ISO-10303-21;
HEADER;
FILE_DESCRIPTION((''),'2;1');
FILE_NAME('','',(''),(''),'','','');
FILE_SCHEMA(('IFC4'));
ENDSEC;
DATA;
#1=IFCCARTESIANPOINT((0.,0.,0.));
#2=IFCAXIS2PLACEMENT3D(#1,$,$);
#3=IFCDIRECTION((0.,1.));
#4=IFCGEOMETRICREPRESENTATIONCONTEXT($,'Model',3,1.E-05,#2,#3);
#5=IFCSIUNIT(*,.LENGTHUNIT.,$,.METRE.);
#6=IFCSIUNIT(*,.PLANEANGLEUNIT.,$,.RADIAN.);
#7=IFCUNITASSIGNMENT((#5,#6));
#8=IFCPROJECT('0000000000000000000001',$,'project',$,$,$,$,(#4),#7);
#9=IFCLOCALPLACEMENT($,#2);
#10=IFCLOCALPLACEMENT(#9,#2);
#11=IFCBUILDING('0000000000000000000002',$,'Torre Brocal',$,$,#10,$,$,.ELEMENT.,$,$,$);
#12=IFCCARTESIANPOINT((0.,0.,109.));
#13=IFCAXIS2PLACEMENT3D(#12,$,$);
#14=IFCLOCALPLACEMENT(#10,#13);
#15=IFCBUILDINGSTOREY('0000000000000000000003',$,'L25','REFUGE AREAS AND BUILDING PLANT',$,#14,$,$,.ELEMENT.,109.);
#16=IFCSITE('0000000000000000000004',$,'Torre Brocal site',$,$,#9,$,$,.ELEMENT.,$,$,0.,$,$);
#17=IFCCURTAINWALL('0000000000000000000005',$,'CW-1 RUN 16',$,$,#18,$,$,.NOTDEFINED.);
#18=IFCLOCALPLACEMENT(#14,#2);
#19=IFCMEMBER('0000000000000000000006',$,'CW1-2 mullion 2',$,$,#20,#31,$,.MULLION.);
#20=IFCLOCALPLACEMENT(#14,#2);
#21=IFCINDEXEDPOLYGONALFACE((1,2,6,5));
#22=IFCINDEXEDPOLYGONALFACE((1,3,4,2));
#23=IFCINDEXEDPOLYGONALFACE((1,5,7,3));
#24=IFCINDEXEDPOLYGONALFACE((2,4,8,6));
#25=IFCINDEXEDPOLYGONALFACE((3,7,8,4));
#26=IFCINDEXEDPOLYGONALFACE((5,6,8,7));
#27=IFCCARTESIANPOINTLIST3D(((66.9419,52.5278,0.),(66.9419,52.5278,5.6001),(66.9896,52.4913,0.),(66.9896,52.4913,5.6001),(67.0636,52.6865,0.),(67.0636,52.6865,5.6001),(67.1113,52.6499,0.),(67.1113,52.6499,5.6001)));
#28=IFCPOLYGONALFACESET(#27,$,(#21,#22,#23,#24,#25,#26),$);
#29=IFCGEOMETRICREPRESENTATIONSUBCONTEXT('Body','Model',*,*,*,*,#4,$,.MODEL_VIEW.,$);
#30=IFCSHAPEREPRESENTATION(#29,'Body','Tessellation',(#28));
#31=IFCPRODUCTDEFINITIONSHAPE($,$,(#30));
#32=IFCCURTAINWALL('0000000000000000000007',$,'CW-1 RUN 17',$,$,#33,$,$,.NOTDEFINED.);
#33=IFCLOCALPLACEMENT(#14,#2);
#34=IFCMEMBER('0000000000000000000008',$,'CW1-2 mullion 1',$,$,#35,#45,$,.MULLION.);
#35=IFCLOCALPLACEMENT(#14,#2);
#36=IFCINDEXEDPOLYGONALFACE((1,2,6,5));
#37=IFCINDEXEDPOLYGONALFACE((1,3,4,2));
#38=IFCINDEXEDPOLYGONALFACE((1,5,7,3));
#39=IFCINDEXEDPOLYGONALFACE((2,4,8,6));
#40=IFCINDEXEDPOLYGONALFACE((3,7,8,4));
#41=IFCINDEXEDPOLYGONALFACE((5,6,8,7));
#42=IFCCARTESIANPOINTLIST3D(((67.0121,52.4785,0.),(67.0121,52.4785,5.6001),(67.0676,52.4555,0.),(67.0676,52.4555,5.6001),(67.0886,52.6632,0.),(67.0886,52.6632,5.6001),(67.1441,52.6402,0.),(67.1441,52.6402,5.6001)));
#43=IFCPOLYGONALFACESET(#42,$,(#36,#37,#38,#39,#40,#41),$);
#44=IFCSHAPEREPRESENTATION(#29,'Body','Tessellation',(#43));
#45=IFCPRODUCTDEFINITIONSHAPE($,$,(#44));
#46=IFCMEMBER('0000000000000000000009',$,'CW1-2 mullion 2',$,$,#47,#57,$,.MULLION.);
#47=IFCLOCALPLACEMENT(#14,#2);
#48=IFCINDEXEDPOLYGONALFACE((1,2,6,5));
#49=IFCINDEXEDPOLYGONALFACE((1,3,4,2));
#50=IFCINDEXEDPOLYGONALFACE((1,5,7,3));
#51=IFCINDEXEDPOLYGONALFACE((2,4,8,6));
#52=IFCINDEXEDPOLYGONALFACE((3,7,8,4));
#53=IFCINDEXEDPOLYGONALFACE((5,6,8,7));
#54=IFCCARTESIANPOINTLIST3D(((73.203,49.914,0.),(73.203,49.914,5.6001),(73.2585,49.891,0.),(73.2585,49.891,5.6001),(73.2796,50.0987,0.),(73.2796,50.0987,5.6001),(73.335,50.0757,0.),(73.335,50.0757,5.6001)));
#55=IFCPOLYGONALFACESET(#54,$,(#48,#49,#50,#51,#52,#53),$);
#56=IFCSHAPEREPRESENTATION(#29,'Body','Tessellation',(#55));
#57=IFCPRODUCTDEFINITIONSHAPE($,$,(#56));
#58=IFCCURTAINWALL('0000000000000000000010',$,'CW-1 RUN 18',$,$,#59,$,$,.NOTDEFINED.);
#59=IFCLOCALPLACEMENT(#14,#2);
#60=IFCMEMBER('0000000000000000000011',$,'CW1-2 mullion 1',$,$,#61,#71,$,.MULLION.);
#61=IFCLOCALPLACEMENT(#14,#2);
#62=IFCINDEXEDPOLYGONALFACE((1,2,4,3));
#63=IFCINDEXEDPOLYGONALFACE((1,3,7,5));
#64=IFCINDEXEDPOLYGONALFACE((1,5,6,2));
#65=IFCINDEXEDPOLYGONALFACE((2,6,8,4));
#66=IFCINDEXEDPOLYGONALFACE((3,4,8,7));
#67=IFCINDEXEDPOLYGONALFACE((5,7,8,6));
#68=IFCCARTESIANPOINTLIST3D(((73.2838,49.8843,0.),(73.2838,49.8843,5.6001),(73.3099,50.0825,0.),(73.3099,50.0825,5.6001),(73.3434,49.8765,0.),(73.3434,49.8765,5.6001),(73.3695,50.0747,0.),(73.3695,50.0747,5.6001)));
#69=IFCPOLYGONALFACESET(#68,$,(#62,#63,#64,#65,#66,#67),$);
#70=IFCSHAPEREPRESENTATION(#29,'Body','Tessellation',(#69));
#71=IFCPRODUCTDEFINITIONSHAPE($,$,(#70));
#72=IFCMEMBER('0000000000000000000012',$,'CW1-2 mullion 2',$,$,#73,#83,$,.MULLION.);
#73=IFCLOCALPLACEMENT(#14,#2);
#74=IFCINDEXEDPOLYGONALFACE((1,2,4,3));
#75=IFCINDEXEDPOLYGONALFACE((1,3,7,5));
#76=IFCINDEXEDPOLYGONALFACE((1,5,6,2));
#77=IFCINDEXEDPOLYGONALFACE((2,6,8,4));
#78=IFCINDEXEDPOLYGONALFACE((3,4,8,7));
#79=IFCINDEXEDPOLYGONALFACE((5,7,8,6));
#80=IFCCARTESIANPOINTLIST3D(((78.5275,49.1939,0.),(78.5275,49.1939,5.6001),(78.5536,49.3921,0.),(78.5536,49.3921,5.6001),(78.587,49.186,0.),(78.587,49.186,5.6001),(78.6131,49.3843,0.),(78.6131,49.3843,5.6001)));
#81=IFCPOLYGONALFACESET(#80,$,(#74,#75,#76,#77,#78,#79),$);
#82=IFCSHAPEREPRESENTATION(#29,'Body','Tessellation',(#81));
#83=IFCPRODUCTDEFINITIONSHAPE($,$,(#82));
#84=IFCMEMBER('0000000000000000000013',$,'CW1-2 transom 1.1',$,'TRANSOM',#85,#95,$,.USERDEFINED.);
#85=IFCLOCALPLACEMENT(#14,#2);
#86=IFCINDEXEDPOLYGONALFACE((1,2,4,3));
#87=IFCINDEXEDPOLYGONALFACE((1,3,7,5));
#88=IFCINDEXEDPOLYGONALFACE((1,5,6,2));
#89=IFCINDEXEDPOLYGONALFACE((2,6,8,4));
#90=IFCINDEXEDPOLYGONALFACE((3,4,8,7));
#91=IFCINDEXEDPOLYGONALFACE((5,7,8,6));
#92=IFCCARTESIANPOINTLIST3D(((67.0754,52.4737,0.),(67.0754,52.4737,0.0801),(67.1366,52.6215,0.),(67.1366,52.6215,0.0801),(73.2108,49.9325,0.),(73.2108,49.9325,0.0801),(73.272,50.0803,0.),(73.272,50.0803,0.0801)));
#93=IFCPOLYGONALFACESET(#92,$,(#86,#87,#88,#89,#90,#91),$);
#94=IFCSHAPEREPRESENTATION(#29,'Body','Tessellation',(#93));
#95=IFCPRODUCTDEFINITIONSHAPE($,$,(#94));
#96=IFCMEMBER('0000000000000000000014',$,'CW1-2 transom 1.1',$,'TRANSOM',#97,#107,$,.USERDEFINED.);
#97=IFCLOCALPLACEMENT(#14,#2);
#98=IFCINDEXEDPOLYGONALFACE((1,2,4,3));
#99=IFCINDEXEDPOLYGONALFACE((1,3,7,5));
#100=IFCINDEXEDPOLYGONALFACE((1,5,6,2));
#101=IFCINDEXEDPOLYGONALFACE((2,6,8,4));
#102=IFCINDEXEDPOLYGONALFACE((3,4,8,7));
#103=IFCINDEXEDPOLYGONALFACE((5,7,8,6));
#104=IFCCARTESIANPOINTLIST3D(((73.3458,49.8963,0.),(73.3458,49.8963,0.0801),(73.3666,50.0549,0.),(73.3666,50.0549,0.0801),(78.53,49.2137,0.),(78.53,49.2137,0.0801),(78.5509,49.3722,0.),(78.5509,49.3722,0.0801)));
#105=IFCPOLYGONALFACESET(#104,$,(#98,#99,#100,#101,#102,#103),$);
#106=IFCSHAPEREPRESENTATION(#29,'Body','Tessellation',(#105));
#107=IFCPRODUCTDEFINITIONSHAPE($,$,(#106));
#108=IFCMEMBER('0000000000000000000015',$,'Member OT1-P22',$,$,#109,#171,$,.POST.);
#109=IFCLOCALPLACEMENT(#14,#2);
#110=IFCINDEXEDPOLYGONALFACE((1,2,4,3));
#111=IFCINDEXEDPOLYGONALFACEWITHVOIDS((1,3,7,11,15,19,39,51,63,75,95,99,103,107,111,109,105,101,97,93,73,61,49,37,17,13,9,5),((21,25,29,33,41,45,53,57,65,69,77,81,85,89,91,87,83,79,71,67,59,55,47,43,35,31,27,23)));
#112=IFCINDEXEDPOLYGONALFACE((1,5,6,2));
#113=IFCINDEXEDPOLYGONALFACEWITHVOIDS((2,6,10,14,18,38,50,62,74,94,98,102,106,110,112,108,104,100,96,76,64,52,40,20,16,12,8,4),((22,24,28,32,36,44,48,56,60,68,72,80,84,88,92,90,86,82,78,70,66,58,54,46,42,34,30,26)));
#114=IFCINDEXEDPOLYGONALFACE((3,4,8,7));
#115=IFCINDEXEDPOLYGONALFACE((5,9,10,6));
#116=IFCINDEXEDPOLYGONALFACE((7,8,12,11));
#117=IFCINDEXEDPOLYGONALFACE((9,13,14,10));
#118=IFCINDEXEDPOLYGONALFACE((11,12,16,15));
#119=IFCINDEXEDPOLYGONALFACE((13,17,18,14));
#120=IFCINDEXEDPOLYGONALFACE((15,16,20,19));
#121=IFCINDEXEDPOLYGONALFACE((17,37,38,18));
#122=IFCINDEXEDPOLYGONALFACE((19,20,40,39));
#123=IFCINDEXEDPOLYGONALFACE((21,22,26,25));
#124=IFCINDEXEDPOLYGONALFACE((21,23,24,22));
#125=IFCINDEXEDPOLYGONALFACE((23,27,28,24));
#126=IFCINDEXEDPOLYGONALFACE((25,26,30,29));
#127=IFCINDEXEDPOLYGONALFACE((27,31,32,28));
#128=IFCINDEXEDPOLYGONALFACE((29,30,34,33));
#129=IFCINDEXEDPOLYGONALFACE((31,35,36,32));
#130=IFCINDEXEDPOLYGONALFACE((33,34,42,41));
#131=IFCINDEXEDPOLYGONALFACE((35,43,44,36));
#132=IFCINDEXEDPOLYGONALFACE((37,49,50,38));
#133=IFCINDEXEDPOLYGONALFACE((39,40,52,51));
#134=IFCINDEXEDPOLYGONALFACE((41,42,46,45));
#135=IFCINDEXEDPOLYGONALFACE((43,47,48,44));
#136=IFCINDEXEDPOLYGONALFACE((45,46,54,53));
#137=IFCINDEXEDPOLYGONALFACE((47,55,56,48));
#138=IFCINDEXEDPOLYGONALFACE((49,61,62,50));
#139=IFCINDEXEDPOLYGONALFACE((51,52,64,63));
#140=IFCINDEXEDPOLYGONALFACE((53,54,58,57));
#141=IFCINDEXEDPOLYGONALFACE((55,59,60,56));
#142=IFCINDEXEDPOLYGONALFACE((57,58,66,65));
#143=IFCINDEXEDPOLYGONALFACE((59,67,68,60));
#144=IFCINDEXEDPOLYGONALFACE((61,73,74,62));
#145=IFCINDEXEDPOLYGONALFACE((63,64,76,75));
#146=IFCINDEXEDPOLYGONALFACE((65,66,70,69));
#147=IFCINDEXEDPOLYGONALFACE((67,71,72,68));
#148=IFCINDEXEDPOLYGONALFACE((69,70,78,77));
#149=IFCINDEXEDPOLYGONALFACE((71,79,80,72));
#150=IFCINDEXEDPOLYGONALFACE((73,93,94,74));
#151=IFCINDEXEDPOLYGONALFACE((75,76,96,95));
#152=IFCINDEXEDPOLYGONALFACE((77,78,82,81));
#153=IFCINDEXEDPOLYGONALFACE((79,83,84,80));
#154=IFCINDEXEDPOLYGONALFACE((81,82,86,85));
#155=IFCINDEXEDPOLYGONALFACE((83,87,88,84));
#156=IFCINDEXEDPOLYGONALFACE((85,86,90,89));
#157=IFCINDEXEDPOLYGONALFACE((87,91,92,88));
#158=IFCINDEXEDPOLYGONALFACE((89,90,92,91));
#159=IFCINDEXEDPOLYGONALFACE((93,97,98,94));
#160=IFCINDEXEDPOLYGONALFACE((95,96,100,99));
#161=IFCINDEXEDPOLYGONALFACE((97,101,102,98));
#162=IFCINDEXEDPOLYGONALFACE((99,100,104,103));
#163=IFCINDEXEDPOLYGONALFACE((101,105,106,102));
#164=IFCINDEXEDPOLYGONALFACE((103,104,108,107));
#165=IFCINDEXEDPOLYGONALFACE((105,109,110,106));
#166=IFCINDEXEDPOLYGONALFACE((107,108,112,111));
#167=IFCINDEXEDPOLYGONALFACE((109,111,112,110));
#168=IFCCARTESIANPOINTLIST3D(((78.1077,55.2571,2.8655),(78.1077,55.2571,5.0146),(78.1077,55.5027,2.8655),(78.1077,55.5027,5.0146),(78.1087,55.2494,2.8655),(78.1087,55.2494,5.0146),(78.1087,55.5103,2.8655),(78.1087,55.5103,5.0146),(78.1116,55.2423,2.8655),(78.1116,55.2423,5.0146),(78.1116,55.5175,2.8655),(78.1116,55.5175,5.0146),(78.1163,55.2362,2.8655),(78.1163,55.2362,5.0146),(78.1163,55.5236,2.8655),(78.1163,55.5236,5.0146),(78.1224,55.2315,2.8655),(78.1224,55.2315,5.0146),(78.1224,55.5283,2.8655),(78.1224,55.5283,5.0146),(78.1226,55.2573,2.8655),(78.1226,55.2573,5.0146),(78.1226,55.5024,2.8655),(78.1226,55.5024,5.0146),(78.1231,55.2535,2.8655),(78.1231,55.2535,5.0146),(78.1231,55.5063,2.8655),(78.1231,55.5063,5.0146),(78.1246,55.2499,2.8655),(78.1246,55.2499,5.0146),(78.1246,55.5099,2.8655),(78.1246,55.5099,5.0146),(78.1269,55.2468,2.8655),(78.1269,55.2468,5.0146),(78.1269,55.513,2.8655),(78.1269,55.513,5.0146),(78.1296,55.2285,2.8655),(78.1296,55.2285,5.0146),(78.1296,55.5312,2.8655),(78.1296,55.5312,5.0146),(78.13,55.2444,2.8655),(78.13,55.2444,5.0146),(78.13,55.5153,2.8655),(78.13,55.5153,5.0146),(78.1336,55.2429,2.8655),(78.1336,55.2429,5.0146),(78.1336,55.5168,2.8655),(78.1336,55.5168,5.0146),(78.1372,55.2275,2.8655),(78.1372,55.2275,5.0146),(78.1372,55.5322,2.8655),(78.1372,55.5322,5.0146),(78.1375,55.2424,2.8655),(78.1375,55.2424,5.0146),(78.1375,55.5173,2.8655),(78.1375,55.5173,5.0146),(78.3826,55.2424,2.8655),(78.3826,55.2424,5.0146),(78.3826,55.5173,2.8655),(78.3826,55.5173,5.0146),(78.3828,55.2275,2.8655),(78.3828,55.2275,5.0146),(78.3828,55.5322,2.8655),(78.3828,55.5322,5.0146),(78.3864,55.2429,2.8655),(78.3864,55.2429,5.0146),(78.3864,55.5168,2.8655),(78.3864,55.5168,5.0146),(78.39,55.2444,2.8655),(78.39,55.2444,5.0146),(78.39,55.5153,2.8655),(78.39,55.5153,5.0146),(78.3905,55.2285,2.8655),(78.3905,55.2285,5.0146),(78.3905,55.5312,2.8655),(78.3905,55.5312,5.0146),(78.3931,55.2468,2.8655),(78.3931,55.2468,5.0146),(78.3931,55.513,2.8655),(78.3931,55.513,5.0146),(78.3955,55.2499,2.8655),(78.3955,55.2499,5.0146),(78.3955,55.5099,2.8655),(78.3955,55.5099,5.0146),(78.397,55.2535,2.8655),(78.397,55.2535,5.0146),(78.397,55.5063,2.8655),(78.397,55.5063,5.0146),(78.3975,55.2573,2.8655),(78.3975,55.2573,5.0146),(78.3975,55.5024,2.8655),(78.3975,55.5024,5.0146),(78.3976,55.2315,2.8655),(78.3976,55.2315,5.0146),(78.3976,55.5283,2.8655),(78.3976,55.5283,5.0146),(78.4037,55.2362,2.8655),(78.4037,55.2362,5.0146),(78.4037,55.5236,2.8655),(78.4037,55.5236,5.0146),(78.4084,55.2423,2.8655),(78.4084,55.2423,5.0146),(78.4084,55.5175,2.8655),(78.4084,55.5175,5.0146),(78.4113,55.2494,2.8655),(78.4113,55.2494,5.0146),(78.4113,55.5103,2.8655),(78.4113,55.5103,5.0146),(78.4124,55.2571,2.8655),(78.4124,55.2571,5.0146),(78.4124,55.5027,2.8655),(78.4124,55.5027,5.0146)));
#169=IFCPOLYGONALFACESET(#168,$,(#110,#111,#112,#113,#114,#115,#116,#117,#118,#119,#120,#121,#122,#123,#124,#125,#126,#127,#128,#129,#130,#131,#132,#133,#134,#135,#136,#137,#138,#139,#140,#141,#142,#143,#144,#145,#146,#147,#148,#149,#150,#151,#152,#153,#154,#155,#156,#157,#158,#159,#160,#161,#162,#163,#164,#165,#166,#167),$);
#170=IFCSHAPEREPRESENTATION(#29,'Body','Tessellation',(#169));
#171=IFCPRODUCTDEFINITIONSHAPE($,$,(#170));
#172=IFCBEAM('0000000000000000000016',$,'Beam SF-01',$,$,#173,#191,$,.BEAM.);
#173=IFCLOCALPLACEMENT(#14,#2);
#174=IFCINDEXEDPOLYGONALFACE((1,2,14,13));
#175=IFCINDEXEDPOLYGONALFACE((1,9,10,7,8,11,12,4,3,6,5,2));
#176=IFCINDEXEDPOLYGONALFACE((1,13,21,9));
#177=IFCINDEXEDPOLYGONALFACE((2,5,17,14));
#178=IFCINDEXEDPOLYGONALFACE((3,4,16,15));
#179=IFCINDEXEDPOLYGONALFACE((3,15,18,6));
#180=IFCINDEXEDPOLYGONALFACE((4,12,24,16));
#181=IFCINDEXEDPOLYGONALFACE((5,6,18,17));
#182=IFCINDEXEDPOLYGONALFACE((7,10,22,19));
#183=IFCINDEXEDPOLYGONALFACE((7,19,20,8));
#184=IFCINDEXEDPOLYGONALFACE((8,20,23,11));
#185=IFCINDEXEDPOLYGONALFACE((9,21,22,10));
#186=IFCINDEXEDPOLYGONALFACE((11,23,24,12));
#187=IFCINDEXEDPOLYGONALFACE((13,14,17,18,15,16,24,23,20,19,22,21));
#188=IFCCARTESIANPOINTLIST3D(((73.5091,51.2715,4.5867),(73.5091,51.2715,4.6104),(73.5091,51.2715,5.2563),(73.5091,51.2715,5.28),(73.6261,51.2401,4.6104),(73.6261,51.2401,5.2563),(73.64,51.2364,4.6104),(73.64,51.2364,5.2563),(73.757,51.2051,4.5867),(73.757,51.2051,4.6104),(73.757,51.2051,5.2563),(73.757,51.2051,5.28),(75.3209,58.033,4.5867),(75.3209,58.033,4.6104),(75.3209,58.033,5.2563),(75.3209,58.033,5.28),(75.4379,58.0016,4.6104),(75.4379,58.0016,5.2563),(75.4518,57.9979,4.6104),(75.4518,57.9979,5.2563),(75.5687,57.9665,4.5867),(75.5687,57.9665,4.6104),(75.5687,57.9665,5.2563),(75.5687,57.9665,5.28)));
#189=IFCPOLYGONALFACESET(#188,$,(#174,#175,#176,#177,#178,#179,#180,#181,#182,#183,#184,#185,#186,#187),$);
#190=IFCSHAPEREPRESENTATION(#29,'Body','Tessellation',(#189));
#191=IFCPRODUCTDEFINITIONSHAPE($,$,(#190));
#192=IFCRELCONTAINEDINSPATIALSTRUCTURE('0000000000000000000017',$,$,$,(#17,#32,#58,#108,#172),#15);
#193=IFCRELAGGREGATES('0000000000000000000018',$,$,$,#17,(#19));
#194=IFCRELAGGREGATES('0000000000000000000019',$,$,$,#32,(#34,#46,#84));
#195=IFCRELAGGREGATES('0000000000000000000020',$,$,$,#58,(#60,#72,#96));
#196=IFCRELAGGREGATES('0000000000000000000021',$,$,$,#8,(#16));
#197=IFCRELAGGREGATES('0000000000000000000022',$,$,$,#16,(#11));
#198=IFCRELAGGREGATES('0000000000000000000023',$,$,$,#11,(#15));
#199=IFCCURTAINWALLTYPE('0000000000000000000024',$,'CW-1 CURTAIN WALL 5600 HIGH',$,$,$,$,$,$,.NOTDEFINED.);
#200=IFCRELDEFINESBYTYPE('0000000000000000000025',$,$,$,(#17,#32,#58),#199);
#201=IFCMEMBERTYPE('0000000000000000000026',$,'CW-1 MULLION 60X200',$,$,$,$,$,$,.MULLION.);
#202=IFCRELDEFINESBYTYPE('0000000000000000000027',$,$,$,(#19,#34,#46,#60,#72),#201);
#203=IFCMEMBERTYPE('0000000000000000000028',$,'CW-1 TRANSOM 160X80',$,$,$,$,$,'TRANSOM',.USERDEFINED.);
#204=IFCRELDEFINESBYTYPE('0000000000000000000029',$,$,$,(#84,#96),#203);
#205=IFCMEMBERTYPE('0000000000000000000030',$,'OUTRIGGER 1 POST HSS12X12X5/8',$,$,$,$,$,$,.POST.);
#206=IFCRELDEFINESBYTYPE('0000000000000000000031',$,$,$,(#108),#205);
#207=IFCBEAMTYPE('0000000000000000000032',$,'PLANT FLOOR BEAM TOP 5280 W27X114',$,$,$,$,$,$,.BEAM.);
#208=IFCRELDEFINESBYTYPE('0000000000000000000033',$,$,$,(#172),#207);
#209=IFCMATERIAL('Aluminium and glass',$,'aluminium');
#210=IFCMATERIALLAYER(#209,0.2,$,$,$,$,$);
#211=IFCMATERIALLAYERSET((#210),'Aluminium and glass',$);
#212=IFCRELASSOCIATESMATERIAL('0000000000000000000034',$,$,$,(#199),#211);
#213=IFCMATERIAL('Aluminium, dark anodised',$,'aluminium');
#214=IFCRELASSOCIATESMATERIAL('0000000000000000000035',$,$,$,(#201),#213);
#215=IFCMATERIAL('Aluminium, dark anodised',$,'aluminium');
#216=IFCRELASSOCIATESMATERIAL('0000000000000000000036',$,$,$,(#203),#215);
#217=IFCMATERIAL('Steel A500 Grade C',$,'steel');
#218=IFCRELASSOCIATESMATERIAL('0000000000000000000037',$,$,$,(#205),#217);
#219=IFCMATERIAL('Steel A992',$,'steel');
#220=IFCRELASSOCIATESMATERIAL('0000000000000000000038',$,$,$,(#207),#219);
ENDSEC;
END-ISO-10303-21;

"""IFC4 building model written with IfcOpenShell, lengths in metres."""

from ifc_helpers import new_model, si_unit, direction, frame, origin, origin_2d, place, context, subcontext, project, spatial, rectangle, hollow_rectangle, i_section, extrude, material, layer, layer_set, material_profile, profile_set, type_object, element, aggregate, save


model = new_model("IFC4")

# Units and contexts
model_context = context("Model", 3, precision=1e-05, world=origin(), true_north=direction((0.0, 1.0)))
body_context = subcontext(model_context, "Body", "Model", "MODEL_VIEW")
ifc_project = project(units=[si_unit("LENGTHUNIT", "METRE"), si_unit("PLANEANGLEUNIT", "RADIAN")], contexts=[model_context])

# Site, building, storey
site_placement = place(None, origin())
site = spatial("IfcSite", under=ifc_project, at=site_placement, Name="Torre Brocal site", CompositionType="ELEMENT", RefElevation=0.0)
building_placement = place(site_placement, origin())
building = spatial("IfcBuilding", under=site, at=building_placement, Name="Torre Brocal", CompositionType="ELEMENT")
storey_placement = place(building_placement, frame((0.0, 0.0, 109.0)))
storey = spatial("IfcBuildingStorey", under=building, at=storey_placement, Name="L25", Description="REFUGE AREAS AND BUILDING PLANT", CompositionType="ELEMENT", Elevation=109.0)

# Curtain wall, member
ifc_material_1 = material(Name="Aluminium and glass", Category="aluminium")
ifc_layer_1 = layer(ifc_material_1, 0.2)
ifc_layer_set_1 = layer_set([ifc_layer_1], Name="Aluminium and glass")
curtain_wall_type = type_object("IfcCurtainWallType", Name="CW-1 CURTAIN WALL 5600 HIGH", PredefinedType="NOTDEFINED", material=ifc_layer_set_1)
curtain_wall_1_placement = place(storey_placement, origin())
curtain_wall_1 = element("IfcCurtainWall", 1, at=curtain_wall_1_placement, inside=storey, type_object=curtain_wall_type, Name="CW-1 RUN 16", PredefinedType="NOTDEFINED")
ifc_material_2 = material(Name="Aluminium, dark anodised", Category="aluminium")
ifc_material_profile_1 = material_profile(ifc_material_2, rectangle(XDim=0.2, YDim=0.0601, at=origin_2d()), Name="CW-1 MULLION 60X200")
ifc_profile_set_1 = profile_set([ifc_material_profile_1], Name="Aluminium, dark anodised")
member_type_1 = type_object("IfcMemberType", Name="CW-1 MULLION 60X200", PredefinedType="MULLION", material=ifc_profile_set_1)
member_1_placement = place(storey_placement, frame((67.0266, 52.5889, 0.0), z_axis=(0.0, 0.0, 1.0), x_axis=(0.608761, 0.793353, 0.0)))
member_1 = element("IfcMember", 2, at=member_1_placement, type_object=member_type_1, Name="CW1-2 mullion 2", PredefinedType="MULLION", context=body_context, shape_type="SweptSolid", body=[
    extrude(rectangle(XDim=0.2, YDim=0.0601, at=origin_2d()), origin(), (0.0, 0.0, 1.0), 5.6001),
])
aggregate(curtain_wall_1, [member_1])

# Curtain walls, members
curtain_wall_2_placement = place(storey_placement, origin())
curtain_wall_2 = element("IfcCurtainWall", 3, at=curtain_wall_2_placement, inside=storey, type_object=curtain_wall_type, Name="CW-1 RUN 17", PredefinedType="NOTDEFINED")
member_2_placement = place(storey_placement, frame((67.0781, 52.5593, 0.0), z_axis=(0.0, 0.0, 1.0), x_axis=(0.382683, 0.92388, 0.0)))
member_2 = element("IfcMember", 4, at=member_2_placement, type_object=member_type_1, Name="CW1-2 mullion 1", PredefinedType="MULLION", context=body_context, shape_type="SweptSolid", body=[
    extrude(rectangle(XDim=0.2, YDim=0.0601, at=origin_2d()), origin(), (0.0, 0.0, 1.0), 5.6001),
])
member_3_placement = place(storey_placement, frame((73.269, 49.9949, 0.0), z_axis=(0.0, 0.0, 1.0), x_axis=(0.382683, 0.92388, 0.0)))
member_3 = element("IfcMember", 5, at=member_3_placement, type_object=member_type_1, Name="CW1-2 mullion 2", PredefinedType="MULLION", context=body_context, shape_type="SweptSolid", body=[
    extrude(rectangle(XDim=0.2, YDim=0.0601, at=origin_2d()), origin(), (0.0, 0.0, 1.0), 5.6001),
])
curtain_wall_3_placement = place(storey_placement, origin())
curtain_wall_3 = element("IfcCurtainWall", 6, at=curtain_wall_3_placement, inside=storey, type_object=curtain_wall_type, Name="CW-1 RUN 18", PredefinedType="NOTDEFINED")
member_4_placement = place(storey_placement, frame((73.3267, 49.9795, 0.0), z_axis=(0.0, 0.0, 1.0), x_axis=(0.130526, 0.991445, 0.0)))
member_4 = element("IfcMember", 7, at=member_4_placement, type_object=member_type_1, Name="CW1-2 mullion 1", PredefinedType="MULLION", context=body_context, shape_type="SweptSolid", body=[
    extrude(rectangle(XDim=0.2, YDim=0.0601, at=origin_2d()), origin(), (0.0, 0.0, 1.0), 5.6001),
])
member_5_placement = place(storey_placement, frame((78.5703, 49.2891, 0.0), z_axis=(0.0, 0.0, 1.0), x_axis=(0.130526, 0.991445, 0.0)))
member_5 = element("IfcMember", 8, at=member_5_placement, type_object=member_type_1, Name="CW1-2 mullion 2", PredefinedType="MULLION", context=body_context, shape_type="SweptSolid", body=[
    extrude(rectangle(XDim=0.2, YDim=0.0601, at=origin_2d()), origin(), (0.0, 0.0, 1.0), 5.6001),
])

# Members
ifc_material_3 = material(Name="Aluminium, dark anodised", Category="aluminium")
ifc_material_profile_2 = material_profile(ifc_material_3, rectangle(XDim=0.1599, YDim=0.0801, at=origin_2d()), Name="CW-1 TRANSOM 160X80")
ifc_profile_set_2 = profile_set([ifc_material_profile_2], Name="Aluminium, dark anodised")
member_type_2 = type_object("IfcMemberType", Name="CW-1 TRANSOM 160X80", ElementType="TRANSOM", PredefinedType="USERDEFINED", material=ifc_profile_set_2)
member_6_placement = place(storey_placement, frame((67.106, 52.5476, 0.04), z_axis=(0.923887, -0.382665, 0.0), x_axis=(0.382665, 0.923887, 0.0)))
member_6 = element("IfcMember", 9, at=member_6_placement, type_object=member_type_2, Name="CW1-2 transom 1.1", ObjectType="TRANSOM", PredefinedType="USERDEFINED", context=body_context, shape_type="SweptSolid", body=[
    extrude(rectangle(XDim=0.1599, YDim=0.0801, at=origin_2d()), origin(), (0.0, 0.0, 1.0), 6.6409),
])
member_7_placement = place(storey_placement, frame((73.3562, 49.9756, 0.04), z_axis=(0.991443, -0.130543, 0.0), x_axis=(0.130543, 0.991443, 0.0)))
member_7 = element("IfcMember", 10, at=member_7_placement, type_object=member_type_2, Name="CW1-2 transom 1.1", ObjectType="TRANSOM", PredefinedType="USERDEFINED", context=body_context, shape_type="SweptSolid", body=[
    extrude(rectangle(XDim=0.1599, YDim=0.0801, at=origin_2d()), origin(), (0.0, 0.0, 1.0), 5.229),
])
ifc_material_4 = material(Name="Steel A500 Grade C", Category="steel")
ifc_material_profile_3 = material_profile(ifc_material_4, hollow_rectangle(XDim=0.3047, YDim=0.3047, WallThickness=0.0149, InnerFilletRadius=0.0149, OuterFilletRadius=0.0295, at=origin_2d()), Name="HSS12X12X5/8")
ifc_profile_set_3 = profile_set([ifc_material_profile_3], Name="Steel A500 Grade C")
member_type_3 = type_object("IfcMemberType", Name="OUTRIGGER 1 POST HSS12X12X5/8", PredefinedType="POST", material=ifc_profile_set_3)
member_8_placement = place(storey_placement, frame((78.26, 55.3799, 2.8655), z_axis=(0.0, 0.0, 1.0), x_axis=(1.0, 0.0, 0.0)))
element("IfcMember", 11, at=member_8_placement, inside=storey, type_object=member_type_3, Name="Member OT1-P22", PredefinedType="POST", context=body_context, shape_type="SweptSolid", body=[
    extrude(hollow_rectangle(XDim=0.3047, YDim=0.3047, WallThickness=0.0149, InnerFilletRadius=0.0149, OuterFilletRadius=0.0295, at=origin_2d()), origin(), (0.0, 0.0, 1.0), 2.1492),
])

# Beam
ifc_material_5 = material(Name="Steel A992", Category="steel")
ifc_material_profile_4 = material_profile(ifc_material_5, i_section(OverallWidth=0.2566, OverallDepth=0.6934, WebThickness=0.0144, FlangeThickness=0.0237, at=origin_2d()), Name="W27X114")
ifc_profile_set_4 = profile_set([ifc_material_profile_4], Name="Steel A992")
beam_type_1 = type_object("IfcBeamType", Name="PLANT FLOOR BEAM TOP 5280 W27X114", PredefinedType="BEAM", material=ifc_profile_set_4)
beam_1_placement = place(storey_placement, frame((75.4448, 57.9998, 4.9333), z_axis=(-0.258824, -0.965925, 0.0), x_axis=(0.965925, -0.258824, 0.0)))
element("IfcBeam", 12, at=beam_1_placement, inside=storey, type_object=beam_type_1, Name="Beam SF-01", PredefinedType="BEAM", context=body_context, shape_type="SweptSolid", body=[
    extrude(i_section(OverallWidth=0.2566, OverallDepth=0.6934, WebThickness=0.0144, FlangeThickness=0.0237, at=origin_2d()), origin(), (0.0, 0.0, 1.0), 7.0),
])

aggregate(curtain_wall_2, [member_2, member_3, member_6])
aggregate(curtain_wall_3, [member_4, member_5, member_7])

save(model, "model.ifc")
